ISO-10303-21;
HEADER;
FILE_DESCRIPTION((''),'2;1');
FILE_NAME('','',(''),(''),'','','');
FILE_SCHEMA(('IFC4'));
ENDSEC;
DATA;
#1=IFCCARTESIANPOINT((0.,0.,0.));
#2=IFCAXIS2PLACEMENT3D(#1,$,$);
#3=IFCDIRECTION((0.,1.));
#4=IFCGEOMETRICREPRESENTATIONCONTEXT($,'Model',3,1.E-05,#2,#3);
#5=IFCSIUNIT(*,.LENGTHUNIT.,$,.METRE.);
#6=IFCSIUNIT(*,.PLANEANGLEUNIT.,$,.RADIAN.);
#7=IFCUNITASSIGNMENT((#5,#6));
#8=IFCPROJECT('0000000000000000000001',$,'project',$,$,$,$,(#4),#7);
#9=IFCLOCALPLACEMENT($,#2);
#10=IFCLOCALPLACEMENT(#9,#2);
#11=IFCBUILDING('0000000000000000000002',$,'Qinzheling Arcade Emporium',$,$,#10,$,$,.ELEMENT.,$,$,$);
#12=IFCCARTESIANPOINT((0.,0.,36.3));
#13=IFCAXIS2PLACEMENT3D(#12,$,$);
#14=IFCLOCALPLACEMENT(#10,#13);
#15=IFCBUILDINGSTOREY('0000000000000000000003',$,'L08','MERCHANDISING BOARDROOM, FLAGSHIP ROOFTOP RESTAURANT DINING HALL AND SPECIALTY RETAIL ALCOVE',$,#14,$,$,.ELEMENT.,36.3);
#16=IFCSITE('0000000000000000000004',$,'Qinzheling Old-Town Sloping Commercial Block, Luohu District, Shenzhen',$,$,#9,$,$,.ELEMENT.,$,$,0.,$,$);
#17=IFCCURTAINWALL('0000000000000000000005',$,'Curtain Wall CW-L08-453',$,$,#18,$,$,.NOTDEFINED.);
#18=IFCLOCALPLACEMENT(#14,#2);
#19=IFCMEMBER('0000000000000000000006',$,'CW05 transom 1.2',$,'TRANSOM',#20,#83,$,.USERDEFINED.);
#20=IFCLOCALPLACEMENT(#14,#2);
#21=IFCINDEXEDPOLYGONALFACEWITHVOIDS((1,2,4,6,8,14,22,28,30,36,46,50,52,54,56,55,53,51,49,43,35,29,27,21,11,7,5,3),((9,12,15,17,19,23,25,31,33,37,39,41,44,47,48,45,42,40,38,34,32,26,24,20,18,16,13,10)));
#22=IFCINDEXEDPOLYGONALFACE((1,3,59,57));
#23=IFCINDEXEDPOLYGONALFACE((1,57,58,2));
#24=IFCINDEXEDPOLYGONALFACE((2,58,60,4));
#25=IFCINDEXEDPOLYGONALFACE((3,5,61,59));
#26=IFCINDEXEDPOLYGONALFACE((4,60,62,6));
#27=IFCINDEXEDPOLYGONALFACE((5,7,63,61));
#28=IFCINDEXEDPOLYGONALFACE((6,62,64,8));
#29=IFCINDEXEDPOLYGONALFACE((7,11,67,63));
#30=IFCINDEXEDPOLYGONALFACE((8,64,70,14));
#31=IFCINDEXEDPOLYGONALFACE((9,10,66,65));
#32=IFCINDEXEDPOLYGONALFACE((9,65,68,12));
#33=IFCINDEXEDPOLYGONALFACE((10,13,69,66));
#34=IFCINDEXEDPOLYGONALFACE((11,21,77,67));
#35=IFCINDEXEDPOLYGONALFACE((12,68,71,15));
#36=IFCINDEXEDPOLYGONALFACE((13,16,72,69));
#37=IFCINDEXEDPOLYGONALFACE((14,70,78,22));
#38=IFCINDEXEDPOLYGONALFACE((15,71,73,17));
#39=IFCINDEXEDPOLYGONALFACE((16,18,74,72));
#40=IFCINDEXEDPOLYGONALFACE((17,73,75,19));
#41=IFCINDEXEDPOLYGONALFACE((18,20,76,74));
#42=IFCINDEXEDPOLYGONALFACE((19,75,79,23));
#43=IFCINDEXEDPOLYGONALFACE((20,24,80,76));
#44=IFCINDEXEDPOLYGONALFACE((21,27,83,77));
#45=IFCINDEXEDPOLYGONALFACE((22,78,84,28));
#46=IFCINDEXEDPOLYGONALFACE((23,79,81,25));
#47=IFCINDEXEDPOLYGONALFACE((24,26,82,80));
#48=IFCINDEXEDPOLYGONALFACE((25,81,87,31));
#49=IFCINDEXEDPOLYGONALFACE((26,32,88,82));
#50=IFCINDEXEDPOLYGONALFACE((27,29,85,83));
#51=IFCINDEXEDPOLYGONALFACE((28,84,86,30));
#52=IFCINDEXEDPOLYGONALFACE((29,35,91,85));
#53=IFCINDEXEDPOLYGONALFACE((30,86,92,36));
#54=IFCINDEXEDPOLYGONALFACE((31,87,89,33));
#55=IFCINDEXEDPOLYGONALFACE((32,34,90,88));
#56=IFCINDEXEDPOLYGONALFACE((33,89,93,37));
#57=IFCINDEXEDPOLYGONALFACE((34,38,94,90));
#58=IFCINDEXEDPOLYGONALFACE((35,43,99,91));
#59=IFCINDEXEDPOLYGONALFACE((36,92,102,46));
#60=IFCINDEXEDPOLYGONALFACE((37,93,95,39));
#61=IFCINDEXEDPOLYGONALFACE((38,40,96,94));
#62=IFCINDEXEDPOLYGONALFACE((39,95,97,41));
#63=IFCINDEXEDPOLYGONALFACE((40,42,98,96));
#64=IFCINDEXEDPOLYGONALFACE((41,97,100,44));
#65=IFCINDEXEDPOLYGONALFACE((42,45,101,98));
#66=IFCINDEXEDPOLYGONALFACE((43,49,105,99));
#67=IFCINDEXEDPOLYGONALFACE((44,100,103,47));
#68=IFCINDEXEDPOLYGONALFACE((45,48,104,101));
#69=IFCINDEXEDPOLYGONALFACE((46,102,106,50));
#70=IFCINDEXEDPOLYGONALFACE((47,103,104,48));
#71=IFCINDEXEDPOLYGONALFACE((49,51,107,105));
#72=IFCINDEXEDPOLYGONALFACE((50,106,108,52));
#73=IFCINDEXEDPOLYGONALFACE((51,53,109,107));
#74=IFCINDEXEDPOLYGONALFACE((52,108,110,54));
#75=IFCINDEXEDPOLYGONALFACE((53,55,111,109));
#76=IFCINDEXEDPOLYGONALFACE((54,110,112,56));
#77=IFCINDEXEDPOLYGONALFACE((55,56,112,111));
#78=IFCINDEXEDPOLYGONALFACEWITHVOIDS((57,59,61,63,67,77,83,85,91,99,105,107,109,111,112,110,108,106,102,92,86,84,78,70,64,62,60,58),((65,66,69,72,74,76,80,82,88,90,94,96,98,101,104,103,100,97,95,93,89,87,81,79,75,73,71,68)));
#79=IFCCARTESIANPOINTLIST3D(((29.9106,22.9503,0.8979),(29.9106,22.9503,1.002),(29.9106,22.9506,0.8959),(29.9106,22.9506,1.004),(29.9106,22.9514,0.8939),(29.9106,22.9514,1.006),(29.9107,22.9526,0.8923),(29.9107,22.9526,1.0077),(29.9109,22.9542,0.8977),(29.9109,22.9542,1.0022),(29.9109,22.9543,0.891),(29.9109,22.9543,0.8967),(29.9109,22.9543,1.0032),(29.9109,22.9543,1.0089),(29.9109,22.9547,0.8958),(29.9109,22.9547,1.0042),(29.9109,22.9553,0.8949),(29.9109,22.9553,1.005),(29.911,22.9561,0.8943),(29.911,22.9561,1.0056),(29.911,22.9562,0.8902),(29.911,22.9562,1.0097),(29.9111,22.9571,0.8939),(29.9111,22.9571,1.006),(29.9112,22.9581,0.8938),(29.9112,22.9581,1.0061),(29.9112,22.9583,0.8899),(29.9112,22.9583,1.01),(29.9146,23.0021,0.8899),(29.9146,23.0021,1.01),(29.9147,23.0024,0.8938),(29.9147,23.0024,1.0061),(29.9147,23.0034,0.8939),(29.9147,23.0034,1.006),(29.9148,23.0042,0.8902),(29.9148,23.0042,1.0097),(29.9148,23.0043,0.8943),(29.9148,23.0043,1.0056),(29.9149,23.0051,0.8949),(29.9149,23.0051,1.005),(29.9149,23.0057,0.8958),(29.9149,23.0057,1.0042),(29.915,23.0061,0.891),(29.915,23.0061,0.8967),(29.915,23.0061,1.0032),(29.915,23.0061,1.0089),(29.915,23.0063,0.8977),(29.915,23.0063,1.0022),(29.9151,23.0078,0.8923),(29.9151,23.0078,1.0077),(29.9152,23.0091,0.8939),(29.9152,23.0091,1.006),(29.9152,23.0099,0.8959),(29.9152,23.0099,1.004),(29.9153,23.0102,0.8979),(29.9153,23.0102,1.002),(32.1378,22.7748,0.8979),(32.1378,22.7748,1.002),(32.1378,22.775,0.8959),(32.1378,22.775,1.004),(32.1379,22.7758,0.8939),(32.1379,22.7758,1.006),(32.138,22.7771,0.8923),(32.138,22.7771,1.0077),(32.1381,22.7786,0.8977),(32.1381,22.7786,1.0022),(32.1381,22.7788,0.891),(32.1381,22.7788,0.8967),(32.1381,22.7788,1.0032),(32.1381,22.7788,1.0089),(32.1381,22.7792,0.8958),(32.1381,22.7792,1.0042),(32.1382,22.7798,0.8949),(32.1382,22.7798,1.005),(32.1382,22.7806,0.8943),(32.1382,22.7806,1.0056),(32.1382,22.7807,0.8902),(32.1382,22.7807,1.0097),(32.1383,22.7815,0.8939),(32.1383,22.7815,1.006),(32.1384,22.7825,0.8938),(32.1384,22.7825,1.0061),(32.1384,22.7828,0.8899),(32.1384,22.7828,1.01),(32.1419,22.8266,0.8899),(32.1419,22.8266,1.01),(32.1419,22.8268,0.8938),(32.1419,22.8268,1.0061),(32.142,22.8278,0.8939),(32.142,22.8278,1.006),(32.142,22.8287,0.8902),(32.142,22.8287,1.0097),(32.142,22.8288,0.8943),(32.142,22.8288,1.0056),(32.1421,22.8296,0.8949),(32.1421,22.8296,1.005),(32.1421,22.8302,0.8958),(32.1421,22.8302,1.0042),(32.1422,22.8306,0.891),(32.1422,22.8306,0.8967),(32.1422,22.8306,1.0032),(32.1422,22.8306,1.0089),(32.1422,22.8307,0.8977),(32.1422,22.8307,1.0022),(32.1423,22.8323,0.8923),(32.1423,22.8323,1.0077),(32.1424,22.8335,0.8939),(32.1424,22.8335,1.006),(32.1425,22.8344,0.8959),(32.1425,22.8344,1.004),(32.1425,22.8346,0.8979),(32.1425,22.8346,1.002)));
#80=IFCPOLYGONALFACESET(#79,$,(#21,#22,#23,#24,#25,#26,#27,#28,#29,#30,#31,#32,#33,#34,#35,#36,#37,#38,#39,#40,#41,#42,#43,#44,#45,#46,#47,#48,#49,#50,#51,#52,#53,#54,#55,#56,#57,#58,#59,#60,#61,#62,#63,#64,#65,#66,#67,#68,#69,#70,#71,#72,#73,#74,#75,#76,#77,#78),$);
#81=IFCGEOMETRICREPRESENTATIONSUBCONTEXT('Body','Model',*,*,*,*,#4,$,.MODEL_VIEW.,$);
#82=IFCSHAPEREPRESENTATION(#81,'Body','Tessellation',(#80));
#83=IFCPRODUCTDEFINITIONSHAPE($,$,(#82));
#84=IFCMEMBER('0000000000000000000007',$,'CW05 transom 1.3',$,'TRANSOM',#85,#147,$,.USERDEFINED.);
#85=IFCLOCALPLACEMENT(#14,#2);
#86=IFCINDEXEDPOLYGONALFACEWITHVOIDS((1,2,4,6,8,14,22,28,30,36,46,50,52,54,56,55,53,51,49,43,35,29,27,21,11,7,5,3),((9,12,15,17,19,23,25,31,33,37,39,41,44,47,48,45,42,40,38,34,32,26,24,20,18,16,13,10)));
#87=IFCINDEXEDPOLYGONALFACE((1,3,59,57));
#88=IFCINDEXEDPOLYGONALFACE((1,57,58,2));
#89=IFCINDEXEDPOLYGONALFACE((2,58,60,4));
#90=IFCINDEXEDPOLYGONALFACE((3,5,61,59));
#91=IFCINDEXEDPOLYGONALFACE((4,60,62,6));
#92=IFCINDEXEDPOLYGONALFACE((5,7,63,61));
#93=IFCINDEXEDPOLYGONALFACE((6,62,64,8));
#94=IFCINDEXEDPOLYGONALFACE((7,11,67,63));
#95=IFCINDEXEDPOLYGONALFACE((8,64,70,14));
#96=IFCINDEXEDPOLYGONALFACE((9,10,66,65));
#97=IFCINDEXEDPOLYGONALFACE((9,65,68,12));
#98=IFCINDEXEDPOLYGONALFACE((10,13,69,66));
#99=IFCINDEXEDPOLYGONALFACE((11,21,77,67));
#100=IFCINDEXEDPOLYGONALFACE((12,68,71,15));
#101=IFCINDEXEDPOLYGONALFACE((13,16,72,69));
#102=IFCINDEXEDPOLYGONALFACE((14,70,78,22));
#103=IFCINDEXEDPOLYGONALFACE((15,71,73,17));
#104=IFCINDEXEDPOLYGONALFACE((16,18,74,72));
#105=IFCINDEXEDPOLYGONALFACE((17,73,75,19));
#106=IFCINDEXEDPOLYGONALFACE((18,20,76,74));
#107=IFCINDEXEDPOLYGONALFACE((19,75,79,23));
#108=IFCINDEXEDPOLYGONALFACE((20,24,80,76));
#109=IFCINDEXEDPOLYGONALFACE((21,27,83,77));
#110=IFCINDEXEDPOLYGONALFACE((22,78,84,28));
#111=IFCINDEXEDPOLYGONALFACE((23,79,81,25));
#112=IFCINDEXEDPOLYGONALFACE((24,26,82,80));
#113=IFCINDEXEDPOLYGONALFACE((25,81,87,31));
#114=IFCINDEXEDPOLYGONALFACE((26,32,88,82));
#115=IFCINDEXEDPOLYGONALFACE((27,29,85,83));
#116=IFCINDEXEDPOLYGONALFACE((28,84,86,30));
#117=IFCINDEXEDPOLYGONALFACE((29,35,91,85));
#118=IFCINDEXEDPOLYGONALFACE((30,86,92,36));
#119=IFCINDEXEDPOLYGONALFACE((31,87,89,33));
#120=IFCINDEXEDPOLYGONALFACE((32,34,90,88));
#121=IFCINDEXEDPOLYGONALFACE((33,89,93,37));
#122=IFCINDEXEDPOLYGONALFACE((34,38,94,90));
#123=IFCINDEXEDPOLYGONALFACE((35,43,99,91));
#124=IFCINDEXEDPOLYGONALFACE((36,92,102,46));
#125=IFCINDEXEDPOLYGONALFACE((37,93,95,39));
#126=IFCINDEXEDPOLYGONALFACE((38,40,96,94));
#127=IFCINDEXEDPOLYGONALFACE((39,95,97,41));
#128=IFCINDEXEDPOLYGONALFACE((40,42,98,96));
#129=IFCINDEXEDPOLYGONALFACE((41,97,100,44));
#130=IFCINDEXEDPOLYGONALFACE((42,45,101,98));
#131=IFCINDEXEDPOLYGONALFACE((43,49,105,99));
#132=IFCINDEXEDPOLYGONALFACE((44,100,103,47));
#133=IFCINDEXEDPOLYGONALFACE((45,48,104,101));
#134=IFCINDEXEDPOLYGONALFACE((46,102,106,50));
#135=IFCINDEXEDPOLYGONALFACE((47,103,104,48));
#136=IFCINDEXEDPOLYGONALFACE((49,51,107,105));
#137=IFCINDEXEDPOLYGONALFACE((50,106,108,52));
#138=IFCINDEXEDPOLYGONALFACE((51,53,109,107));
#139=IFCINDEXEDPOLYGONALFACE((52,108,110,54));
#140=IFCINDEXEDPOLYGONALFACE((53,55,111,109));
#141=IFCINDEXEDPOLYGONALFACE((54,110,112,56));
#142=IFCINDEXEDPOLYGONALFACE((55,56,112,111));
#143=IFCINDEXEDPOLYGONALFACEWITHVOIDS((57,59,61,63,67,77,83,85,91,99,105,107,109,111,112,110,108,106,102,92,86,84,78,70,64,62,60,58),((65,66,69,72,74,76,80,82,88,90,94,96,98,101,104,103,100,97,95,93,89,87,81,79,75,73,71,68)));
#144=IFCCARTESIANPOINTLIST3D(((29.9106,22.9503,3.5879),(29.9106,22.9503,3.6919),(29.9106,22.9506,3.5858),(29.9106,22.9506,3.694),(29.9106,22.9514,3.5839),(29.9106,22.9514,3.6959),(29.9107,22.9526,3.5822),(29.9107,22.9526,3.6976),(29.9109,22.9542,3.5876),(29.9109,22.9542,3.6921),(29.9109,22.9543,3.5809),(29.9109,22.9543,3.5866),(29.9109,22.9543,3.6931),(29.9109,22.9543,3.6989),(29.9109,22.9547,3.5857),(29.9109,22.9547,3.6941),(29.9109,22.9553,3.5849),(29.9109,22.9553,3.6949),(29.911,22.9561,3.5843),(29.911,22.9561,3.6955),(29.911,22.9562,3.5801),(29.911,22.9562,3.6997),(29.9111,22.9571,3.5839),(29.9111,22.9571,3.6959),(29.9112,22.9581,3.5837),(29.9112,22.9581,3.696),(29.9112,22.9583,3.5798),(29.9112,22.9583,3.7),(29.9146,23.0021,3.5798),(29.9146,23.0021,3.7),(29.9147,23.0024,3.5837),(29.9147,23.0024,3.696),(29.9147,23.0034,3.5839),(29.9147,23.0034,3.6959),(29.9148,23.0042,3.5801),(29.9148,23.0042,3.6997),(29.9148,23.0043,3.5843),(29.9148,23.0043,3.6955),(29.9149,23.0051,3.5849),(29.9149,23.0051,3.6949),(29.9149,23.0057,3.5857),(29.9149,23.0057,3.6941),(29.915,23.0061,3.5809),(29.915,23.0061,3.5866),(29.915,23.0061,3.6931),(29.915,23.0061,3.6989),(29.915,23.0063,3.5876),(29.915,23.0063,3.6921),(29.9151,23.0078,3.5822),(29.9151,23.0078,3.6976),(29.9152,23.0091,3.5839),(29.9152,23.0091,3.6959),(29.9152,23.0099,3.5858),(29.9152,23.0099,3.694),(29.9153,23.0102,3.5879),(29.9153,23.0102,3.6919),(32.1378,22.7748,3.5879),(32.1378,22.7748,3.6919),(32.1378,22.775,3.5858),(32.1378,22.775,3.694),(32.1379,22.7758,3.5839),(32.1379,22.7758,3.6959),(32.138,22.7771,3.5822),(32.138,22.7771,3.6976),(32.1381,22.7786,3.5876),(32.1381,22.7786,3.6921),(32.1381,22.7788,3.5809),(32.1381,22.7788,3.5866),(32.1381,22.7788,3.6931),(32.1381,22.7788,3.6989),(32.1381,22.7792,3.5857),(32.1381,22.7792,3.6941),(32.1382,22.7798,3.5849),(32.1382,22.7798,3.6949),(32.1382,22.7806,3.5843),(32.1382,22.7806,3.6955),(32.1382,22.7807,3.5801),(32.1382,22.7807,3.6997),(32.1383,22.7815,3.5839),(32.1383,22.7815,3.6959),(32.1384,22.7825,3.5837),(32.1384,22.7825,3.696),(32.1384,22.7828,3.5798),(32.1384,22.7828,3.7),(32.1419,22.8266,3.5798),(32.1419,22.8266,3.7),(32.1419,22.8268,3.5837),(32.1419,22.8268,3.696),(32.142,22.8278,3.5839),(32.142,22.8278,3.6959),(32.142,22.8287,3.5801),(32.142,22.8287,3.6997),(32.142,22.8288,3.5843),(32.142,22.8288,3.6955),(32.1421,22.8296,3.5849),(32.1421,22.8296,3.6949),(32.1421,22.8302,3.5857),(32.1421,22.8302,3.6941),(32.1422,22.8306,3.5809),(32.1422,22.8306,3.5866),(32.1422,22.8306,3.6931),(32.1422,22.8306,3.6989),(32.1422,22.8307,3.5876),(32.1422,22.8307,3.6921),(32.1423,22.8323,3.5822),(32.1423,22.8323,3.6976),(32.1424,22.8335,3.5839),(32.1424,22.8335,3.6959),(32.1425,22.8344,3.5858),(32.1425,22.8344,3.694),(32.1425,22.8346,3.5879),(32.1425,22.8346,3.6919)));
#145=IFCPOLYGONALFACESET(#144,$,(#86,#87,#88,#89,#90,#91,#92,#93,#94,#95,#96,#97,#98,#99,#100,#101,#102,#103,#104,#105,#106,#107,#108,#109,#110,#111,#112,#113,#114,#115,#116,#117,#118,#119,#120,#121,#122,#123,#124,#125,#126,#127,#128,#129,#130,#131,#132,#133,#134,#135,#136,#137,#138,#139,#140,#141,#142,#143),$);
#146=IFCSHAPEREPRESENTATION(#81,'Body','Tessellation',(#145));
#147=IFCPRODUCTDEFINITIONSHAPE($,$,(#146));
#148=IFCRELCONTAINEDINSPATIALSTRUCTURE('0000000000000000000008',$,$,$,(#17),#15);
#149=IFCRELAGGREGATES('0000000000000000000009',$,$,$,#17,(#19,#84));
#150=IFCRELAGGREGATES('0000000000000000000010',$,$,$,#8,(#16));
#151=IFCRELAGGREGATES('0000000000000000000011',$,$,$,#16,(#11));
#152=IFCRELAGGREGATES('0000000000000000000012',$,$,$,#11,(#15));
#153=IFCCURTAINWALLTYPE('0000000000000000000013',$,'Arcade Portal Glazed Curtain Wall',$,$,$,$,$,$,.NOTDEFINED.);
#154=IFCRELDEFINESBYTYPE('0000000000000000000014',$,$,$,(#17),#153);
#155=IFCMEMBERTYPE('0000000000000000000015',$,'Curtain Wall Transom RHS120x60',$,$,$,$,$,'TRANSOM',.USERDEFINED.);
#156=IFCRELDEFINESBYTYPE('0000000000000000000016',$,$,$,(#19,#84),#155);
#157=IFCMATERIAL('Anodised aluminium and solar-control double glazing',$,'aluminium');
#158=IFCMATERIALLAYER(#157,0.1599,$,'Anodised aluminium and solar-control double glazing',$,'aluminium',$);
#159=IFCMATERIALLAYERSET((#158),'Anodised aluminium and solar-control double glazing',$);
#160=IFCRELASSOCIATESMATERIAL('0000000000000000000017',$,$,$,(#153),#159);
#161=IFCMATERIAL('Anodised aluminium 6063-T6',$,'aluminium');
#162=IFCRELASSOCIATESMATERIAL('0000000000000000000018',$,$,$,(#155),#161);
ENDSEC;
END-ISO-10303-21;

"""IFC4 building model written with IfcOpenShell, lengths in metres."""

from ifc_helpers import new_model, si_unit, direction, frame, origin, origin_2d, place, context, subcontext, project, spatial, hollow_rectangle, extrude, material, layer, layer_set, material_profile, profile_set, type_object, element, aggregate, save


model = new_model("IFC4")

# Units and contexts
model_context = context("Model", 3, precision=1e-05, world=origin(), true_north=direction((0.0, 1.0)))
body_context = subcontext(model_context, "Body", "Model", "MODEL_VIEW")
ifc_project = project(units=[si_unit("LENGTHUNIT", "METRE"), si_unit("PLANEANGLEUNIT", "RADIAN")], contexts=[model_context])

# Site, building, storey
site_placement = place(None, origin())
site = spatial("IfcSite", under=ifc_project, at=site_placement, Name="Qinzheling Old-Town Sloping Commercial Block, Luohu District, Shenzhen", CompositionType="ELEMENT", RefElevation=0.0)
building_placement = place(site_placement, origin())
building = spatial("IfcBuilding", under=site, at=building_placement, Name="Qinzheling Arcade Emporium", CompositionType="ELEMENT")
storey_placement = place(building_placement, frame((0.0, 0.0, 36.3)))
storey = spatial("IfcBuildingStorey", under=building, at=storey_placement, Name="L08", Description="MERCHANDISING BOARDROOM, FLAGSHIP ROOFTOP RESTAURANT DINING HALL AND SPECIALTY RETAIL ALCOVE", CompositionType="ELEMENT", Elevation=36.3)

# Curtain wall
ifc_material_1 = material(Name="Anodised aluminium and solar-control double glazing", Category="aluminium")
ifc_layer_1 = layer(ifc_material_1, 0.1599, Name="Anodised aluminium and solar-control double glazing", Category="aluminium")
ifc_layer_set_1 = layer_set([ifc_layer_1], Name="Anodised aluminium and solar-control double glazing")
curtain_wall_type_1 = type_object("IfcCurtainWallType", Name="Arcade Portal Glazed Curtain Wall", PredefinedType="NOTDEFINED", material=ifc_layer_set_1)
ifc_material_2 = material(Name="Anodised aluminium 6063-T6", Category="aluminium")
curtain_wall_1_placement = place(storey_placement, origin())
curtain_wall_1 = element("IfcCurtainWall", 1, at=curtain_wall_1_placement, inside=storey, type_object=curtain_wall_type_1, Name="Curtain Wall CW-L08-453", PredefinedType="NOTDEFINED")

# Members
ifc_material_profile_1 = material_profile(ifc_material_2, hollow_rectangle(XDim=0.0601, YDim=0.1201, WallThickness=0.0039, InnerFilletRadius=0.0039, OuterFilletRadius=0.0081, at=origin_2d()), Name="RHS 120x60x4", Category="aluminium")
ifc_profile_set_1 = profile_set([ifc_material_profile_1], Name="Anodised aluminium 6063-T6")
member_type_1 = type_object("IfcMemberType", Name="Curtain Wall Transom RHS120x60", ElementType="TRANSOM", PredefinedType="USERDEFINED", material=ifc_profile_set_1)
member_1_placement = place(storey_placement, frame((32.1401, 22.8047, 0.95), z_axis=(-0.996909, 0.078568, 0.0), x_axis=(-0.078568, -0.996909, 0.0)))
member_1 = element("IfcMember", 2, at=member_1_placement, type_object=member_type_1, Name="CW05 transom 1.2", ObjectType="TRANSOM", PredefinedType="USERDEFINED", context=body_context, shape_type="SweptSolid", body=[
    extrude(hollow_rectangle(XDim=0.0601, YDim=0.1201, WallThickness=0.0039, InnerFilletRadius=0.0039, OuterFilletRadius=0.0081, at=origin_2d()), origin(), (0.0, 0.0, 1.0), 2.2341),
])
member_2_placement = place(storey_placement, frame((32.1401, 22.8047, 3.6399), z_axis=(-0.996909, 0.078568, 0.0), x_axis=(-0.078568, -0.996909, 0.0)))
member_2 = element("IfcMember", 3, at=member_2_placement, type_object=member_type_1, Name="CW05 transom 1.3", ObjectType="TRANSOM", PredefinedType="USERDEFINED", context=body_context, shape_type="SweptSolid", body=[
    extrude(hollow_rectangle(XDim=0.0601, YDim=0.1201, WallThickness=0.0039, InnerFilletRadius=0.0039, OuterFilletRadius=0.0081, at=origin_2d()), origin(), (0.0, 0.0, 1.0), 2.2341),
])

aggregate(curtain_wall_1, [member_1, member_2])

save(model, "model.ifc")
